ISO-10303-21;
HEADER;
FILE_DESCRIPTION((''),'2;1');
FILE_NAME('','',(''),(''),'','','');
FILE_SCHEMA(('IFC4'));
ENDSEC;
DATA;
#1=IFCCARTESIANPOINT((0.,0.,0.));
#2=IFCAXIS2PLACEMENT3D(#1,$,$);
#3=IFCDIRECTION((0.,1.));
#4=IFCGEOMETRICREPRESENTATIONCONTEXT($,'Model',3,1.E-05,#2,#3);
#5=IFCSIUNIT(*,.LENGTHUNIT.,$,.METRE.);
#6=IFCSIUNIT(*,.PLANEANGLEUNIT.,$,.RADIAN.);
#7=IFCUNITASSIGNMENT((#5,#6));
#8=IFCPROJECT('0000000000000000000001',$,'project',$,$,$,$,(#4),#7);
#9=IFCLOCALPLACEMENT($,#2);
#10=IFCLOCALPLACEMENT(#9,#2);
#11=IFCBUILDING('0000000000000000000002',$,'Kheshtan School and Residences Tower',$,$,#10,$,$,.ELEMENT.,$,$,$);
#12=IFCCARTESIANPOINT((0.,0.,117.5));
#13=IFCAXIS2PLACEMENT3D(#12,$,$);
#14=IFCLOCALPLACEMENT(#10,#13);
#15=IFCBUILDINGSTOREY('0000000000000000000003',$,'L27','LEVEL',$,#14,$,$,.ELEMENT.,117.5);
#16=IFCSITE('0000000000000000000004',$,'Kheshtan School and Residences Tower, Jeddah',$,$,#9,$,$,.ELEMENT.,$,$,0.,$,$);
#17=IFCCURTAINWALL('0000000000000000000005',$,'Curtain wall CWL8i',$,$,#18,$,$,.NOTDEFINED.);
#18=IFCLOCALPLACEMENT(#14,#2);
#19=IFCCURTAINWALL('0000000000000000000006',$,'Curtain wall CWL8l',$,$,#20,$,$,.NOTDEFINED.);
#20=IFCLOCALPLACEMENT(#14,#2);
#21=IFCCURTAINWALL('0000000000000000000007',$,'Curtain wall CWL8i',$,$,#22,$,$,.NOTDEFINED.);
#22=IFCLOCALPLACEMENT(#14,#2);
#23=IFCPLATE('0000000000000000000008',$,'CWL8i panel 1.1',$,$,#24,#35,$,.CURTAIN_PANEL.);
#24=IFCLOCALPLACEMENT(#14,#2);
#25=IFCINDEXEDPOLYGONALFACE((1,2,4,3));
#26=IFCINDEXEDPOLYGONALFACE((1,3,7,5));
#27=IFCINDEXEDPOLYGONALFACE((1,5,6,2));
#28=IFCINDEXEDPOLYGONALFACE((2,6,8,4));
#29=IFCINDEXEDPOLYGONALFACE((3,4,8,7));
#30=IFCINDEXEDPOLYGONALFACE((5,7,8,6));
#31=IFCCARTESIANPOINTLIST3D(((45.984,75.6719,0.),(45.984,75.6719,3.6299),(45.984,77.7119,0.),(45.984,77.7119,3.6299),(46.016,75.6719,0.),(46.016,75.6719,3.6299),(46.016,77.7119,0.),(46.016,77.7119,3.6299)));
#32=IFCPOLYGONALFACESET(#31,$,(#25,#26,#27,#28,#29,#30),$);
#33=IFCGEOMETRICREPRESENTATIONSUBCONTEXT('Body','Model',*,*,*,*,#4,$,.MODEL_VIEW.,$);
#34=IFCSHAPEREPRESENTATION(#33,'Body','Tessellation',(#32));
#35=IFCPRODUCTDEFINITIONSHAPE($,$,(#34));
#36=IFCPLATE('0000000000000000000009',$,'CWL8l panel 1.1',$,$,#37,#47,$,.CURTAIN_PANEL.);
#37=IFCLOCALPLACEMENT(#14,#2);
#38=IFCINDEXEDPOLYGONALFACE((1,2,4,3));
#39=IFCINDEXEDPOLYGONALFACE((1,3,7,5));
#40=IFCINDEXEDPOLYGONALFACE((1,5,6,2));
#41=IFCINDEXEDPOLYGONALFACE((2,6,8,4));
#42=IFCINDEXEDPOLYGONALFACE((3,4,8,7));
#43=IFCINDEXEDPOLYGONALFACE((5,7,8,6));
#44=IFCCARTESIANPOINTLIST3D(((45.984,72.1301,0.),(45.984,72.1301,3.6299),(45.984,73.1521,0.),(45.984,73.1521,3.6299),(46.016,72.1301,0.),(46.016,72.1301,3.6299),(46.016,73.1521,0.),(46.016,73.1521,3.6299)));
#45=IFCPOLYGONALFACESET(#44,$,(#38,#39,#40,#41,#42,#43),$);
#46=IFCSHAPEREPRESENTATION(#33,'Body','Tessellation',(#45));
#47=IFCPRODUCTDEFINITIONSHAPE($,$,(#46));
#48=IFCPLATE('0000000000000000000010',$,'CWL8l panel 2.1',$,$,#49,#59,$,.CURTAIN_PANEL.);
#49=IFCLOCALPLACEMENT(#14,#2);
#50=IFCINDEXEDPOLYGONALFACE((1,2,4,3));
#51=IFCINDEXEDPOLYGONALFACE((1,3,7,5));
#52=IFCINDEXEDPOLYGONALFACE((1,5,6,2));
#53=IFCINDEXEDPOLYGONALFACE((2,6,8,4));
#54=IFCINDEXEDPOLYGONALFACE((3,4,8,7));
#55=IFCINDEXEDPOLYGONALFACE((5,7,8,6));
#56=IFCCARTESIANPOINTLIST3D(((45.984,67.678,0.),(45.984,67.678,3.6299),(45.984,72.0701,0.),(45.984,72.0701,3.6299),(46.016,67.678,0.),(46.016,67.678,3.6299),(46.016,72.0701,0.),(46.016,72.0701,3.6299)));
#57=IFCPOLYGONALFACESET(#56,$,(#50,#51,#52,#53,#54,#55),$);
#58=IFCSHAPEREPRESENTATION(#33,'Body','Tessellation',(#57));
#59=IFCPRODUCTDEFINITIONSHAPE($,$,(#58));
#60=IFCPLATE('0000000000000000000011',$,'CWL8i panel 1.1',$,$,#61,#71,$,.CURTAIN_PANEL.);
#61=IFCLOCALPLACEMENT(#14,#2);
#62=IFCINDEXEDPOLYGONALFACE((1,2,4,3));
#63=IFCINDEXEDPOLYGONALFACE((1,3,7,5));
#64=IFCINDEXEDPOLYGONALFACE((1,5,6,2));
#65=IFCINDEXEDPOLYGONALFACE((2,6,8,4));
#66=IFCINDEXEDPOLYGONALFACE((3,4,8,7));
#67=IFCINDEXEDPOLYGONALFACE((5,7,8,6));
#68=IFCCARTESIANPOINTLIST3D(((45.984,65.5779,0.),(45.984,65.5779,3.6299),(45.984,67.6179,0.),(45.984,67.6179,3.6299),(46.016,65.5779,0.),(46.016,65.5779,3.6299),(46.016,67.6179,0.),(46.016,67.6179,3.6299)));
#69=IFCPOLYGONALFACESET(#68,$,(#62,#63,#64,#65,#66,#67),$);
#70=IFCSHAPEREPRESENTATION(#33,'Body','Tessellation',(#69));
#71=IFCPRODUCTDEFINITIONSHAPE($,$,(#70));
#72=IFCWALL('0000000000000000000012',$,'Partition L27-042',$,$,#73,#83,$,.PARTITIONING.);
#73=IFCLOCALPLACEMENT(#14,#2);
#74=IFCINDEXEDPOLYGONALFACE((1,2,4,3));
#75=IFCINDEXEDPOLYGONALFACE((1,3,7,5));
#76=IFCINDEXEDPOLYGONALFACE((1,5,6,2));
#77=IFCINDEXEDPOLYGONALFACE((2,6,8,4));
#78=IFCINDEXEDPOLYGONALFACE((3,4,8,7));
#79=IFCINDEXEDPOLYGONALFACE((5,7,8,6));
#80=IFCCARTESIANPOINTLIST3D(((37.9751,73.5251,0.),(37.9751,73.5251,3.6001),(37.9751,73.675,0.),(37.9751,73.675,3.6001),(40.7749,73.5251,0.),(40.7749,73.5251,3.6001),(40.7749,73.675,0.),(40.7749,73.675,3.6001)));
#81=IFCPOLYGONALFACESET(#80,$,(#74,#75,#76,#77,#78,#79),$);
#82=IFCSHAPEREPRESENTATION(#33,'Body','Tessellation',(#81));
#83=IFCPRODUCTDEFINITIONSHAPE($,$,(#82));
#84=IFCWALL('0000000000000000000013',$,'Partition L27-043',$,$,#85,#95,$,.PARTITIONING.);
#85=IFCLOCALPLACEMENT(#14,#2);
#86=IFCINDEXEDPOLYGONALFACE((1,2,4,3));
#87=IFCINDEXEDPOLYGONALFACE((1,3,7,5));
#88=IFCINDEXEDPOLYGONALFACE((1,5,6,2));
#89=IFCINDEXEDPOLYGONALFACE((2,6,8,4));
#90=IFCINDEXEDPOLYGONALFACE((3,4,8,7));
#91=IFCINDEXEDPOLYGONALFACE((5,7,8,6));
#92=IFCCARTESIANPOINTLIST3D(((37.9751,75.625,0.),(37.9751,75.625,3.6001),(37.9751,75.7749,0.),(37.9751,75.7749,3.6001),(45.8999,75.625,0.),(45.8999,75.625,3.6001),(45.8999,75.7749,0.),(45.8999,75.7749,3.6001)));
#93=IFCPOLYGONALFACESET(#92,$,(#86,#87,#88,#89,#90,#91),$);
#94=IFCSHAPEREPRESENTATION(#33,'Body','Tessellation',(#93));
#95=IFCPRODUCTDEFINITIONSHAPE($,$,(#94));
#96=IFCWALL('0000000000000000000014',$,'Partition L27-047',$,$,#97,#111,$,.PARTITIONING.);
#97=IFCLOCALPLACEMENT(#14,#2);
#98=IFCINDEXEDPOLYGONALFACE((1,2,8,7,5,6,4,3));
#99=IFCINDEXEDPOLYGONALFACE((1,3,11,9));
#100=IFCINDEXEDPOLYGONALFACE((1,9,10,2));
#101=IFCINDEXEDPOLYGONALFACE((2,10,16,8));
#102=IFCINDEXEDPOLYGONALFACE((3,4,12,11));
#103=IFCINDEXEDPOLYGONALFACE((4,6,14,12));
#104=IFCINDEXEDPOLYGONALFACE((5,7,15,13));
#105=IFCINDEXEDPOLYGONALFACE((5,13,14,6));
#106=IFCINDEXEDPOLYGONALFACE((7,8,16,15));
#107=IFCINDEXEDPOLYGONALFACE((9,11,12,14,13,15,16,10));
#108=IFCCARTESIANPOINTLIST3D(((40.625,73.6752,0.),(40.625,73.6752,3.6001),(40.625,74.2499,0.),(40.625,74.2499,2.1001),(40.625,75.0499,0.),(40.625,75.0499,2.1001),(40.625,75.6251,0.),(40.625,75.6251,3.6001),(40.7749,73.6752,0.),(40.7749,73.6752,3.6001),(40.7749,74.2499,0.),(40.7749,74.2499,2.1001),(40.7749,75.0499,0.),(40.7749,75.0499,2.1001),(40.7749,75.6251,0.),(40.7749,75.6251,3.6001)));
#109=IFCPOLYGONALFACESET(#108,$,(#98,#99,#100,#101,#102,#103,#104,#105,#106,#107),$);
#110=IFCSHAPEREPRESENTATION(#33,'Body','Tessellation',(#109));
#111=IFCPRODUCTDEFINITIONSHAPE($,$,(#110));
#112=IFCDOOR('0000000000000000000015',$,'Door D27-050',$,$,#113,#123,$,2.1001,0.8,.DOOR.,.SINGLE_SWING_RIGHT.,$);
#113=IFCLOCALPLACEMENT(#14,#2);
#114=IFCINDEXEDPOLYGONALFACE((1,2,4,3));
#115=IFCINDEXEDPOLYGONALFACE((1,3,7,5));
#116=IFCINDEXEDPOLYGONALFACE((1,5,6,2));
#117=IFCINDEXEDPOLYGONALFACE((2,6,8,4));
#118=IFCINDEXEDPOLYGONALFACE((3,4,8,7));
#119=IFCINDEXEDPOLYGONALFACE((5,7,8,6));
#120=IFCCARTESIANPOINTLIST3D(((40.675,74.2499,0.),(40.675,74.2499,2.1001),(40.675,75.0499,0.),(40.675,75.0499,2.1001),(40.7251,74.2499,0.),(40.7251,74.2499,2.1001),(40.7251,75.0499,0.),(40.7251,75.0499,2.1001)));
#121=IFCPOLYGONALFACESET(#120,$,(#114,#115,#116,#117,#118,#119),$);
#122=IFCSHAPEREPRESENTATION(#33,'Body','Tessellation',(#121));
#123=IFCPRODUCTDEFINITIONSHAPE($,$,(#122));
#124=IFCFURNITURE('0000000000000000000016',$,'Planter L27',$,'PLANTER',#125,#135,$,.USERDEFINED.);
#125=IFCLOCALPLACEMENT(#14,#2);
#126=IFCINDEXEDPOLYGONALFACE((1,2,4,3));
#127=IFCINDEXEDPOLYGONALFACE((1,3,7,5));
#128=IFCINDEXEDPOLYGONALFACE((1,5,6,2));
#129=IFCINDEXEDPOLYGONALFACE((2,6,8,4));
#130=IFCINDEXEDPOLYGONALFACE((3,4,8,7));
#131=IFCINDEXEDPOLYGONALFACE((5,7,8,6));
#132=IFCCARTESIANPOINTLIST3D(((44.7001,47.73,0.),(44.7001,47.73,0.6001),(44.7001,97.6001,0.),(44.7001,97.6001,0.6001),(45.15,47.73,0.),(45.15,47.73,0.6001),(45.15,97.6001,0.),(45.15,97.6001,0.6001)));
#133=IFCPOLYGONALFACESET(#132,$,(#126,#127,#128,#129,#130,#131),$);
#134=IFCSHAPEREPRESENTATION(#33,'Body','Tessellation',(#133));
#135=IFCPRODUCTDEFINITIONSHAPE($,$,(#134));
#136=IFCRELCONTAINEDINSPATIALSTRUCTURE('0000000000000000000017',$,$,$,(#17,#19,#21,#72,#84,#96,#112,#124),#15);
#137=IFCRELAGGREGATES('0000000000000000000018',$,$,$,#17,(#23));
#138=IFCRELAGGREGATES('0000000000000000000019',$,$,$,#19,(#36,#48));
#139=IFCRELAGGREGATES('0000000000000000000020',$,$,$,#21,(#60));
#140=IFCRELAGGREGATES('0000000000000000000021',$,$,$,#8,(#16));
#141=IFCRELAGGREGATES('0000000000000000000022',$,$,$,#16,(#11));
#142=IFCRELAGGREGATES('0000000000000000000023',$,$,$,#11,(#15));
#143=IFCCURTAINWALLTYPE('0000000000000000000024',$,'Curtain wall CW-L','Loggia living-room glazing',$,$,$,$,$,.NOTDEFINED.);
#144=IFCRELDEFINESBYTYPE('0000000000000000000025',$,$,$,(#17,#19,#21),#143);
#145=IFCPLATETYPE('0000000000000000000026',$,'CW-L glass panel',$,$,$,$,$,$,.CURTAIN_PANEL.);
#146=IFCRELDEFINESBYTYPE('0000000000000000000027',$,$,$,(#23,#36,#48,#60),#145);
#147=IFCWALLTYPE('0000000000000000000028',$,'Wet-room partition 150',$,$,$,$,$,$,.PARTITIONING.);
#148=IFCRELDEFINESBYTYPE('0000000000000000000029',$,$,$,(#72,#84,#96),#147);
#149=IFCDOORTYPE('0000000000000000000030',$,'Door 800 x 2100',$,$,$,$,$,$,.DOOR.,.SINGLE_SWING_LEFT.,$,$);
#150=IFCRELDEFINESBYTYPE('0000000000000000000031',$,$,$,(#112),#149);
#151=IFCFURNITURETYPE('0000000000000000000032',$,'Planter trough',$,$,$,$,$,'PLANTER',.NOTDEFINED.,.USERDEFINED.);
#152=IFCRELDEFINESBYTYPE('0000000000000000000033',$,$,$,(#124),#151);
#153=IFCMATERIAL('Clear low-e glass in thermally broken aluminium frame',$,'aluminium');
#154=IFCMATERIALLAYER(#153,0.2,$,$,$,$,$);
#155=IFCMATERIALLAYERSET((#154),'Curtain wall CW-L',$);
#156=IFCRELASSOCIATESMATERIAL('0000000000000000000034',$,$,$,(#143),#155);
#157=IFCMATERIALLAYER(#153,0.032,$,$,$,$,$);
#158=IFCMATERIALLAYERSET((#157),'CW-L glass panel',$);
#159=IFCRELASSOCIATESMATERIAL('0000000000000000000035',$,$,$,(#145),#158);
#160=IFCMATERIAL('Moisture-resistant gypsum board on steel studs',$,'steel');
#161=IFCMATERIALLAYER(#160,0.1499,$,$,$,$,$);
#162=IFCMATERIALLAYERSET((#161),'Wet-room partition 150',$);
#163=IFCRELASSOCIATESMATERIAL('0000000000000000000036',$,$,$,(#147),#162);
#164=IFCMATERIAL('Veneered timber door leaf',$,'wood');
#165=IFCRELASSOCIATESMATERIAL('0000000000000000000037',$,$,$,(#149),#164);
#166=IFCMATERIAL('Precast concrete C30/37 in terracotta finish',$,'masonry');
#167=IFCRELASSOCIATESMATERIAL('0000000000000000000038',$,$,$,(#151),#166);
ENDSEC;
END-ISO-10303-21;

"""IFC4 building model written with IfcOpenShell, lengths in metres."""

from ifc_helpers import new_model, si_unit, direction, frame, frame_2d, origin, origin_2d, place, context, subcontext, project, spatial, rectangle, extrude, source, transform, mapped, material, layer, layer_set, type_object, element, fill, aggregate, save


model = new_model("IFC4")

# Units and contexts
model_context = context("Model", 3, precision=1e-05, world=origin(), true_north=direction((0.0, 1.0)))
body_context = subcontext(model_context, "Body", "Model", "MODEL_VIEW")
ifc_project = project(units=[si_unit("LENGTHUNIT", "METRE"), si_unit("PLANEANGLEUNIT", "RADIAN")], contexts=[model_context])

# Site, building, storey
site_placement = place(None, origin())
site = spatial("IfcSite", under=ifc_project, at=site_placement, Name="Kheshtan School and Residences Tower, Jeddah", CompositionType="ELEMENT", RefElevation=0.0)
building_placement = place(site_placement, origin())
building = spatial("IfcBuilding", under=site, at=building_placement, Name="Kheshtan School and Residences Tower", CompositionType="ELEMENT")
storey_placement = place(building_placement, frame((0.0, 0.0, 117.5)))
storey = spatial("IfcBuildingStorey", under=building, at=storey_placement, Name="L27", Description="LEVEL", CompositionType="ELEMENT", Elevation=117.5)

# Curtain wall
ifc_material_1 = material(Name="Clear low-e glass in thermally broken aluminium frame", Category="aluminium")
ifc_layer_1 = layer(ifc_material_1, 0.2)
ifc_layer_set_1 = layer_set([ifc_layer_1], Name="Curtain wall CW-L")
curtain_wall_type = type_object("IfcCurtainWallType", Name="Curtain wall CW-L", Description="Loggia living-room glazing", PredefinedType="NOTDEFINED", material=ifc_layer_set_1)
curtain_wall_1_placement = place(storey_placement, origin())
curtain_wall_1 = element("IfcCurtainWall", 1, at=curtain_wall_1_placement, inside=storey, type_object=curtain_wall_type, Name="Curtain wall CWL8i", PredefinedType="NOTDEFINED")

# Curtain wall
curtain_wall_2_placement = place(storey_placement, origin())
curtain_wall_2 = element("IfcCurtainWall", 2, at=curtain_wall_2_placement, inside=storey, type_object=curtain_wall_type, Name="Curtain wall CWL8l", PredefinedType="NOTDEFINED")

# Curtain wall
curtain_wall_3_placement = place(storey_placement, origin())
curtain_wall_3 = element("IfcCurtainWall", 3, at=curtain_wall_3_placement, inside=storey, type_object=curtain_wall_type, Name="Curtain wall CWL8i", PredefinedType="NOTDEFINED")

# Plates
ifc_layer_2 = layer(ifc_material_1, 0.032)
ifc_layer_set_2 = layer_set([ifc_layer_2], Name="CW-L glass panel")
plate_type = type_object("IfcPlateType", Name="CW-L glass panel", PredefinedType="CURTAIN_PANEL", material=ifc_layer_set_2)
plate_1_placement = place(storey_placement, frame((46.0, 76.6919, 0.0), z_axis=(0.0, 0.0, 1.0), x_axis=(0.0, -1.0, 0.0)))
plate_1 = element("IfcPlate", 4, at=plate_1_placement, type_object=plate_type, Name="CWL8i panel 1.1", PredefinedType="CURTAIN_PANEL", context=body_context, shape_type="SweptSolid", body=[
    extrude(rectangle(XDim=2.04, YDim=0.032, at=origin_2d()), origin(), (0.0, 0.0, 1.0), 3.6299),
])
aggregate(curtain_wall_1, [plate_1])
plate_2_placement = place(storey_placement, frame((46.0, 72.6411, 0.0), z_axis=(0.0, 0.0, 1.0), x_axis=(0.0, -1.0, 0.0)))
plate_2 = element("IfcPlate", 5, at=plate_2_placement, type_object=plate_type, Name="CWL8l panel 1.1", PredefinedType="CURTAIN_PANEL", context=body_context, shape_type="SweptSolid", body=[
    extrude(rectangle(XDim=1.022, YDim=0.032, at=origin_2d()), origin(), (0.0, 0.0, 1.0), 3.6299),
])
plate_3_placement = place(storey_placement, frame((46.0, 69.874, 0.0), z_axis=(0.0, 0.0, 1.0), x_axis=(0.0, -1.0, 0.0)))
plate_3 = element("IfcPlate", 6, at=plate_3_placement, type_object=plate_type, Name="CWL8l panel 2.1", PredefinedType="CURTAIN_PANEL", context=body_context, shape_type="SweptSolid", body=[
    extrude(rectangle(XDim=4.3921, YDim=0.032, at=origin_2d()), origin(), (0.0, 0.0, 1.0), 3.6299),
])
aggregate(curtain_wall_2, [plate_2, plate_3])
plate_4_placement = place(storey_placement, frame((46.0, 66.5979, 0.0), z_axis=(0.0, 0.0, 1.0), x_axis=(0.0, -1.0, 0.0)))
plate_4 = element("IfcPlate", 7, at=plate_4_placement, type_object=plate_type, Name="CWL8i panel 1.1", PredefinedType="CURTAIN_PANEL", context=body_context, shape_type="SweptSolid", body=[
    extrude(rectangle(XDim=2.04, YDim=0.032, at=origin_2d()), origin(), (0.0, 0.0, 1.0), 3.6299),
])
aggregate(curtain_wall_3, [plate_4])

# Walls
ifc_material_2 = material(Name="Moisture-resistant gypsum board on steel studs", Category="steel")
ifc_layer_3 = layer(ifc_material_2, 0.1499)
ifc_layer_set_3 = layer_set([ifc_layer_3], Name="Wet-room partition 150")
wall_type_1 = type_object("IfcWallType", Name="Wet-room partition 150", PredefinedType="PARTITIONING", material=ifc_layer_set_3)
wall_1_placement = place(storey_placement, frame((37.9751, 73.6001, 0.0), z_axis=(0.0, 0.0, 1.0), x_axis=(1.0, 0.0, 0.0)))
element("IfcWall", 8, at=wall_1_placement, inside=storey, type_object=wall_type_1, Name="Partition L27-042", PredefinedType="PARTITIONING", context=body_context, shape_type="SweptSolid", body=[
    extrude(rectangle(XDim=2.7998, YDim=0.1499, at=frame_2d((1.3999, 0.0))), origin(), (0.0, 0.0, 1.0), 3.6001),
])
wall_2_placement = place(storey_placement, frame((37.9751, 75.7, 0.0), z_axis=(0.0, 0.0, 1.0), x_axis=(1.0, 0.0, 0.0)))
element("IfcWall", 9, at=wall_2_placement, inside=storey, type_object=wall_type_1, Name="Partition L27-043", PredefinedType="PARTITIONING", context=body_context, shape_type="SweptSolid", body=[
    extrude(rectangle(XDim=7.9248, YDim=0.1499, at=frame_2d((3.9624, 0.0))), origin(), (0.0, 0.0, 1.0), 3.6001),
])

# Wall, opening, door
wall_3_placement = place(storey_placement, frame((40.7, 73.675, 0.0), z_axis=(0.0, 0.0, 1.0), x_axis=(0.0, 1.0, 0.0)))
wall_3 = element("IfcWall", 10, at=wall_3_placement, inside=storey, type_object=wall_type_1, Name="Partition L27-047", PredefinedType="PARTITIONING", context=body_context, shape_type="SweptSolid", body=[
    extrude(rectangle(XDim=1.95, YDim=0.1499, at=frame_2d((0.9751, 0.0))), origin(), (0.0, 0.0, 1.0), 3.6001),
])
opening_1_placement = place(wall_3_placement, frame((0.575, 0.0, 0.0)))
opening_1 = element("IfcOpeningElement", 11, at=opening_1_placement, cuts=wall_3, PredefinedType="OPENING", context=body_context, shape_type="SweptSolid", body=[
    extrude(rectangle(XDim=0.8, YDim=2.1001, at=frame_2d((0.3999, 1.05))), frame((0.0, 0.085, 0.0), z_axis=(0.0, -1.0, 0.0), x_axis=(1.0, 0.0, 0.0)), (0.0, 0.0, 1.0), 0.1699),
])
ifc_material_3 = material(Name="Veneered timber door leaf", Category="wood")
door_type_1 = type_object("IfcDoorType", Name="Door 800 x 2100", OperationType="SINGLE_SWING_LEFT", PredefinedType="DOOR", material=ifc_material_3)
shared_shape_1 = source(origin(), body_context, "Body", "SweptSolid", [
    extrude(rectangle(XDim=0.8, YDim=2.1001, at=frame_2d((0.3999, 1.05))), frame((0.0, 0.0249, 0.0), z_axis=(0.0, -1.0, 0.0), x_axis=(1.0, 0.0, 0.0)), (0.0, 0.0, 1.0), 0.05),
])
door_1_placement = place(opening_1_placement, origin())
door_1 = element("IfcDoor", 12, at=door_1_placement, inside=storey, type_object=door_type_1, Name="Door D27-050", OperationType="SINGLE_SWING_RIGHT", OverallHeight=2.1001, OverallWidth=0.8, PredefinedType="DOOR", context=body_context, shape_type="MappedRepresentation", body=[
    mapped(shared_shape_1, transform((0.0, 0.0, 0.0), x_axis=(1.0, 0.0, 0.0), y_axis=(0.0, 1.0, 0.0), z_axis=(0.0, 0.0, 1.0), scale=1.0)),
])
fill(opening_1, door_1)

# Furniture
ifc_material_4 = material(Name="Precast concrete C30/37 in terracotta finish", Category="masonry")
furniture_type = type_object("IfcFurnitureType", Name="Planter trough", ElementType="PLANTER", AssemblyPlace="NOTDEFINED", PredefinedType="USERDEFINED", material=ifc_material_4)
furniture_placement = place(storey_placement, frame((44.925, 72.665, 0.0), z_axis=(0.0, 0.0, 1.0), x_axis=(0.0, -1.0, 0.0)))
element("IfcFurniture", 13, at=furniture_placement, inside=storey, type_object=furniture_type, Name="Planter L27", ObjectType="PLANTER", PredefinedType="USERDEFINED", context=body_context, shape_type="SweptSolid", body=[
    extrude(rectangle(XDim=49.8701, YDim=0.45, at=origin_2d()), origin(), (0.0, 0.0, 1.0), 0.6001),
])

save(model, "model.ifc")
